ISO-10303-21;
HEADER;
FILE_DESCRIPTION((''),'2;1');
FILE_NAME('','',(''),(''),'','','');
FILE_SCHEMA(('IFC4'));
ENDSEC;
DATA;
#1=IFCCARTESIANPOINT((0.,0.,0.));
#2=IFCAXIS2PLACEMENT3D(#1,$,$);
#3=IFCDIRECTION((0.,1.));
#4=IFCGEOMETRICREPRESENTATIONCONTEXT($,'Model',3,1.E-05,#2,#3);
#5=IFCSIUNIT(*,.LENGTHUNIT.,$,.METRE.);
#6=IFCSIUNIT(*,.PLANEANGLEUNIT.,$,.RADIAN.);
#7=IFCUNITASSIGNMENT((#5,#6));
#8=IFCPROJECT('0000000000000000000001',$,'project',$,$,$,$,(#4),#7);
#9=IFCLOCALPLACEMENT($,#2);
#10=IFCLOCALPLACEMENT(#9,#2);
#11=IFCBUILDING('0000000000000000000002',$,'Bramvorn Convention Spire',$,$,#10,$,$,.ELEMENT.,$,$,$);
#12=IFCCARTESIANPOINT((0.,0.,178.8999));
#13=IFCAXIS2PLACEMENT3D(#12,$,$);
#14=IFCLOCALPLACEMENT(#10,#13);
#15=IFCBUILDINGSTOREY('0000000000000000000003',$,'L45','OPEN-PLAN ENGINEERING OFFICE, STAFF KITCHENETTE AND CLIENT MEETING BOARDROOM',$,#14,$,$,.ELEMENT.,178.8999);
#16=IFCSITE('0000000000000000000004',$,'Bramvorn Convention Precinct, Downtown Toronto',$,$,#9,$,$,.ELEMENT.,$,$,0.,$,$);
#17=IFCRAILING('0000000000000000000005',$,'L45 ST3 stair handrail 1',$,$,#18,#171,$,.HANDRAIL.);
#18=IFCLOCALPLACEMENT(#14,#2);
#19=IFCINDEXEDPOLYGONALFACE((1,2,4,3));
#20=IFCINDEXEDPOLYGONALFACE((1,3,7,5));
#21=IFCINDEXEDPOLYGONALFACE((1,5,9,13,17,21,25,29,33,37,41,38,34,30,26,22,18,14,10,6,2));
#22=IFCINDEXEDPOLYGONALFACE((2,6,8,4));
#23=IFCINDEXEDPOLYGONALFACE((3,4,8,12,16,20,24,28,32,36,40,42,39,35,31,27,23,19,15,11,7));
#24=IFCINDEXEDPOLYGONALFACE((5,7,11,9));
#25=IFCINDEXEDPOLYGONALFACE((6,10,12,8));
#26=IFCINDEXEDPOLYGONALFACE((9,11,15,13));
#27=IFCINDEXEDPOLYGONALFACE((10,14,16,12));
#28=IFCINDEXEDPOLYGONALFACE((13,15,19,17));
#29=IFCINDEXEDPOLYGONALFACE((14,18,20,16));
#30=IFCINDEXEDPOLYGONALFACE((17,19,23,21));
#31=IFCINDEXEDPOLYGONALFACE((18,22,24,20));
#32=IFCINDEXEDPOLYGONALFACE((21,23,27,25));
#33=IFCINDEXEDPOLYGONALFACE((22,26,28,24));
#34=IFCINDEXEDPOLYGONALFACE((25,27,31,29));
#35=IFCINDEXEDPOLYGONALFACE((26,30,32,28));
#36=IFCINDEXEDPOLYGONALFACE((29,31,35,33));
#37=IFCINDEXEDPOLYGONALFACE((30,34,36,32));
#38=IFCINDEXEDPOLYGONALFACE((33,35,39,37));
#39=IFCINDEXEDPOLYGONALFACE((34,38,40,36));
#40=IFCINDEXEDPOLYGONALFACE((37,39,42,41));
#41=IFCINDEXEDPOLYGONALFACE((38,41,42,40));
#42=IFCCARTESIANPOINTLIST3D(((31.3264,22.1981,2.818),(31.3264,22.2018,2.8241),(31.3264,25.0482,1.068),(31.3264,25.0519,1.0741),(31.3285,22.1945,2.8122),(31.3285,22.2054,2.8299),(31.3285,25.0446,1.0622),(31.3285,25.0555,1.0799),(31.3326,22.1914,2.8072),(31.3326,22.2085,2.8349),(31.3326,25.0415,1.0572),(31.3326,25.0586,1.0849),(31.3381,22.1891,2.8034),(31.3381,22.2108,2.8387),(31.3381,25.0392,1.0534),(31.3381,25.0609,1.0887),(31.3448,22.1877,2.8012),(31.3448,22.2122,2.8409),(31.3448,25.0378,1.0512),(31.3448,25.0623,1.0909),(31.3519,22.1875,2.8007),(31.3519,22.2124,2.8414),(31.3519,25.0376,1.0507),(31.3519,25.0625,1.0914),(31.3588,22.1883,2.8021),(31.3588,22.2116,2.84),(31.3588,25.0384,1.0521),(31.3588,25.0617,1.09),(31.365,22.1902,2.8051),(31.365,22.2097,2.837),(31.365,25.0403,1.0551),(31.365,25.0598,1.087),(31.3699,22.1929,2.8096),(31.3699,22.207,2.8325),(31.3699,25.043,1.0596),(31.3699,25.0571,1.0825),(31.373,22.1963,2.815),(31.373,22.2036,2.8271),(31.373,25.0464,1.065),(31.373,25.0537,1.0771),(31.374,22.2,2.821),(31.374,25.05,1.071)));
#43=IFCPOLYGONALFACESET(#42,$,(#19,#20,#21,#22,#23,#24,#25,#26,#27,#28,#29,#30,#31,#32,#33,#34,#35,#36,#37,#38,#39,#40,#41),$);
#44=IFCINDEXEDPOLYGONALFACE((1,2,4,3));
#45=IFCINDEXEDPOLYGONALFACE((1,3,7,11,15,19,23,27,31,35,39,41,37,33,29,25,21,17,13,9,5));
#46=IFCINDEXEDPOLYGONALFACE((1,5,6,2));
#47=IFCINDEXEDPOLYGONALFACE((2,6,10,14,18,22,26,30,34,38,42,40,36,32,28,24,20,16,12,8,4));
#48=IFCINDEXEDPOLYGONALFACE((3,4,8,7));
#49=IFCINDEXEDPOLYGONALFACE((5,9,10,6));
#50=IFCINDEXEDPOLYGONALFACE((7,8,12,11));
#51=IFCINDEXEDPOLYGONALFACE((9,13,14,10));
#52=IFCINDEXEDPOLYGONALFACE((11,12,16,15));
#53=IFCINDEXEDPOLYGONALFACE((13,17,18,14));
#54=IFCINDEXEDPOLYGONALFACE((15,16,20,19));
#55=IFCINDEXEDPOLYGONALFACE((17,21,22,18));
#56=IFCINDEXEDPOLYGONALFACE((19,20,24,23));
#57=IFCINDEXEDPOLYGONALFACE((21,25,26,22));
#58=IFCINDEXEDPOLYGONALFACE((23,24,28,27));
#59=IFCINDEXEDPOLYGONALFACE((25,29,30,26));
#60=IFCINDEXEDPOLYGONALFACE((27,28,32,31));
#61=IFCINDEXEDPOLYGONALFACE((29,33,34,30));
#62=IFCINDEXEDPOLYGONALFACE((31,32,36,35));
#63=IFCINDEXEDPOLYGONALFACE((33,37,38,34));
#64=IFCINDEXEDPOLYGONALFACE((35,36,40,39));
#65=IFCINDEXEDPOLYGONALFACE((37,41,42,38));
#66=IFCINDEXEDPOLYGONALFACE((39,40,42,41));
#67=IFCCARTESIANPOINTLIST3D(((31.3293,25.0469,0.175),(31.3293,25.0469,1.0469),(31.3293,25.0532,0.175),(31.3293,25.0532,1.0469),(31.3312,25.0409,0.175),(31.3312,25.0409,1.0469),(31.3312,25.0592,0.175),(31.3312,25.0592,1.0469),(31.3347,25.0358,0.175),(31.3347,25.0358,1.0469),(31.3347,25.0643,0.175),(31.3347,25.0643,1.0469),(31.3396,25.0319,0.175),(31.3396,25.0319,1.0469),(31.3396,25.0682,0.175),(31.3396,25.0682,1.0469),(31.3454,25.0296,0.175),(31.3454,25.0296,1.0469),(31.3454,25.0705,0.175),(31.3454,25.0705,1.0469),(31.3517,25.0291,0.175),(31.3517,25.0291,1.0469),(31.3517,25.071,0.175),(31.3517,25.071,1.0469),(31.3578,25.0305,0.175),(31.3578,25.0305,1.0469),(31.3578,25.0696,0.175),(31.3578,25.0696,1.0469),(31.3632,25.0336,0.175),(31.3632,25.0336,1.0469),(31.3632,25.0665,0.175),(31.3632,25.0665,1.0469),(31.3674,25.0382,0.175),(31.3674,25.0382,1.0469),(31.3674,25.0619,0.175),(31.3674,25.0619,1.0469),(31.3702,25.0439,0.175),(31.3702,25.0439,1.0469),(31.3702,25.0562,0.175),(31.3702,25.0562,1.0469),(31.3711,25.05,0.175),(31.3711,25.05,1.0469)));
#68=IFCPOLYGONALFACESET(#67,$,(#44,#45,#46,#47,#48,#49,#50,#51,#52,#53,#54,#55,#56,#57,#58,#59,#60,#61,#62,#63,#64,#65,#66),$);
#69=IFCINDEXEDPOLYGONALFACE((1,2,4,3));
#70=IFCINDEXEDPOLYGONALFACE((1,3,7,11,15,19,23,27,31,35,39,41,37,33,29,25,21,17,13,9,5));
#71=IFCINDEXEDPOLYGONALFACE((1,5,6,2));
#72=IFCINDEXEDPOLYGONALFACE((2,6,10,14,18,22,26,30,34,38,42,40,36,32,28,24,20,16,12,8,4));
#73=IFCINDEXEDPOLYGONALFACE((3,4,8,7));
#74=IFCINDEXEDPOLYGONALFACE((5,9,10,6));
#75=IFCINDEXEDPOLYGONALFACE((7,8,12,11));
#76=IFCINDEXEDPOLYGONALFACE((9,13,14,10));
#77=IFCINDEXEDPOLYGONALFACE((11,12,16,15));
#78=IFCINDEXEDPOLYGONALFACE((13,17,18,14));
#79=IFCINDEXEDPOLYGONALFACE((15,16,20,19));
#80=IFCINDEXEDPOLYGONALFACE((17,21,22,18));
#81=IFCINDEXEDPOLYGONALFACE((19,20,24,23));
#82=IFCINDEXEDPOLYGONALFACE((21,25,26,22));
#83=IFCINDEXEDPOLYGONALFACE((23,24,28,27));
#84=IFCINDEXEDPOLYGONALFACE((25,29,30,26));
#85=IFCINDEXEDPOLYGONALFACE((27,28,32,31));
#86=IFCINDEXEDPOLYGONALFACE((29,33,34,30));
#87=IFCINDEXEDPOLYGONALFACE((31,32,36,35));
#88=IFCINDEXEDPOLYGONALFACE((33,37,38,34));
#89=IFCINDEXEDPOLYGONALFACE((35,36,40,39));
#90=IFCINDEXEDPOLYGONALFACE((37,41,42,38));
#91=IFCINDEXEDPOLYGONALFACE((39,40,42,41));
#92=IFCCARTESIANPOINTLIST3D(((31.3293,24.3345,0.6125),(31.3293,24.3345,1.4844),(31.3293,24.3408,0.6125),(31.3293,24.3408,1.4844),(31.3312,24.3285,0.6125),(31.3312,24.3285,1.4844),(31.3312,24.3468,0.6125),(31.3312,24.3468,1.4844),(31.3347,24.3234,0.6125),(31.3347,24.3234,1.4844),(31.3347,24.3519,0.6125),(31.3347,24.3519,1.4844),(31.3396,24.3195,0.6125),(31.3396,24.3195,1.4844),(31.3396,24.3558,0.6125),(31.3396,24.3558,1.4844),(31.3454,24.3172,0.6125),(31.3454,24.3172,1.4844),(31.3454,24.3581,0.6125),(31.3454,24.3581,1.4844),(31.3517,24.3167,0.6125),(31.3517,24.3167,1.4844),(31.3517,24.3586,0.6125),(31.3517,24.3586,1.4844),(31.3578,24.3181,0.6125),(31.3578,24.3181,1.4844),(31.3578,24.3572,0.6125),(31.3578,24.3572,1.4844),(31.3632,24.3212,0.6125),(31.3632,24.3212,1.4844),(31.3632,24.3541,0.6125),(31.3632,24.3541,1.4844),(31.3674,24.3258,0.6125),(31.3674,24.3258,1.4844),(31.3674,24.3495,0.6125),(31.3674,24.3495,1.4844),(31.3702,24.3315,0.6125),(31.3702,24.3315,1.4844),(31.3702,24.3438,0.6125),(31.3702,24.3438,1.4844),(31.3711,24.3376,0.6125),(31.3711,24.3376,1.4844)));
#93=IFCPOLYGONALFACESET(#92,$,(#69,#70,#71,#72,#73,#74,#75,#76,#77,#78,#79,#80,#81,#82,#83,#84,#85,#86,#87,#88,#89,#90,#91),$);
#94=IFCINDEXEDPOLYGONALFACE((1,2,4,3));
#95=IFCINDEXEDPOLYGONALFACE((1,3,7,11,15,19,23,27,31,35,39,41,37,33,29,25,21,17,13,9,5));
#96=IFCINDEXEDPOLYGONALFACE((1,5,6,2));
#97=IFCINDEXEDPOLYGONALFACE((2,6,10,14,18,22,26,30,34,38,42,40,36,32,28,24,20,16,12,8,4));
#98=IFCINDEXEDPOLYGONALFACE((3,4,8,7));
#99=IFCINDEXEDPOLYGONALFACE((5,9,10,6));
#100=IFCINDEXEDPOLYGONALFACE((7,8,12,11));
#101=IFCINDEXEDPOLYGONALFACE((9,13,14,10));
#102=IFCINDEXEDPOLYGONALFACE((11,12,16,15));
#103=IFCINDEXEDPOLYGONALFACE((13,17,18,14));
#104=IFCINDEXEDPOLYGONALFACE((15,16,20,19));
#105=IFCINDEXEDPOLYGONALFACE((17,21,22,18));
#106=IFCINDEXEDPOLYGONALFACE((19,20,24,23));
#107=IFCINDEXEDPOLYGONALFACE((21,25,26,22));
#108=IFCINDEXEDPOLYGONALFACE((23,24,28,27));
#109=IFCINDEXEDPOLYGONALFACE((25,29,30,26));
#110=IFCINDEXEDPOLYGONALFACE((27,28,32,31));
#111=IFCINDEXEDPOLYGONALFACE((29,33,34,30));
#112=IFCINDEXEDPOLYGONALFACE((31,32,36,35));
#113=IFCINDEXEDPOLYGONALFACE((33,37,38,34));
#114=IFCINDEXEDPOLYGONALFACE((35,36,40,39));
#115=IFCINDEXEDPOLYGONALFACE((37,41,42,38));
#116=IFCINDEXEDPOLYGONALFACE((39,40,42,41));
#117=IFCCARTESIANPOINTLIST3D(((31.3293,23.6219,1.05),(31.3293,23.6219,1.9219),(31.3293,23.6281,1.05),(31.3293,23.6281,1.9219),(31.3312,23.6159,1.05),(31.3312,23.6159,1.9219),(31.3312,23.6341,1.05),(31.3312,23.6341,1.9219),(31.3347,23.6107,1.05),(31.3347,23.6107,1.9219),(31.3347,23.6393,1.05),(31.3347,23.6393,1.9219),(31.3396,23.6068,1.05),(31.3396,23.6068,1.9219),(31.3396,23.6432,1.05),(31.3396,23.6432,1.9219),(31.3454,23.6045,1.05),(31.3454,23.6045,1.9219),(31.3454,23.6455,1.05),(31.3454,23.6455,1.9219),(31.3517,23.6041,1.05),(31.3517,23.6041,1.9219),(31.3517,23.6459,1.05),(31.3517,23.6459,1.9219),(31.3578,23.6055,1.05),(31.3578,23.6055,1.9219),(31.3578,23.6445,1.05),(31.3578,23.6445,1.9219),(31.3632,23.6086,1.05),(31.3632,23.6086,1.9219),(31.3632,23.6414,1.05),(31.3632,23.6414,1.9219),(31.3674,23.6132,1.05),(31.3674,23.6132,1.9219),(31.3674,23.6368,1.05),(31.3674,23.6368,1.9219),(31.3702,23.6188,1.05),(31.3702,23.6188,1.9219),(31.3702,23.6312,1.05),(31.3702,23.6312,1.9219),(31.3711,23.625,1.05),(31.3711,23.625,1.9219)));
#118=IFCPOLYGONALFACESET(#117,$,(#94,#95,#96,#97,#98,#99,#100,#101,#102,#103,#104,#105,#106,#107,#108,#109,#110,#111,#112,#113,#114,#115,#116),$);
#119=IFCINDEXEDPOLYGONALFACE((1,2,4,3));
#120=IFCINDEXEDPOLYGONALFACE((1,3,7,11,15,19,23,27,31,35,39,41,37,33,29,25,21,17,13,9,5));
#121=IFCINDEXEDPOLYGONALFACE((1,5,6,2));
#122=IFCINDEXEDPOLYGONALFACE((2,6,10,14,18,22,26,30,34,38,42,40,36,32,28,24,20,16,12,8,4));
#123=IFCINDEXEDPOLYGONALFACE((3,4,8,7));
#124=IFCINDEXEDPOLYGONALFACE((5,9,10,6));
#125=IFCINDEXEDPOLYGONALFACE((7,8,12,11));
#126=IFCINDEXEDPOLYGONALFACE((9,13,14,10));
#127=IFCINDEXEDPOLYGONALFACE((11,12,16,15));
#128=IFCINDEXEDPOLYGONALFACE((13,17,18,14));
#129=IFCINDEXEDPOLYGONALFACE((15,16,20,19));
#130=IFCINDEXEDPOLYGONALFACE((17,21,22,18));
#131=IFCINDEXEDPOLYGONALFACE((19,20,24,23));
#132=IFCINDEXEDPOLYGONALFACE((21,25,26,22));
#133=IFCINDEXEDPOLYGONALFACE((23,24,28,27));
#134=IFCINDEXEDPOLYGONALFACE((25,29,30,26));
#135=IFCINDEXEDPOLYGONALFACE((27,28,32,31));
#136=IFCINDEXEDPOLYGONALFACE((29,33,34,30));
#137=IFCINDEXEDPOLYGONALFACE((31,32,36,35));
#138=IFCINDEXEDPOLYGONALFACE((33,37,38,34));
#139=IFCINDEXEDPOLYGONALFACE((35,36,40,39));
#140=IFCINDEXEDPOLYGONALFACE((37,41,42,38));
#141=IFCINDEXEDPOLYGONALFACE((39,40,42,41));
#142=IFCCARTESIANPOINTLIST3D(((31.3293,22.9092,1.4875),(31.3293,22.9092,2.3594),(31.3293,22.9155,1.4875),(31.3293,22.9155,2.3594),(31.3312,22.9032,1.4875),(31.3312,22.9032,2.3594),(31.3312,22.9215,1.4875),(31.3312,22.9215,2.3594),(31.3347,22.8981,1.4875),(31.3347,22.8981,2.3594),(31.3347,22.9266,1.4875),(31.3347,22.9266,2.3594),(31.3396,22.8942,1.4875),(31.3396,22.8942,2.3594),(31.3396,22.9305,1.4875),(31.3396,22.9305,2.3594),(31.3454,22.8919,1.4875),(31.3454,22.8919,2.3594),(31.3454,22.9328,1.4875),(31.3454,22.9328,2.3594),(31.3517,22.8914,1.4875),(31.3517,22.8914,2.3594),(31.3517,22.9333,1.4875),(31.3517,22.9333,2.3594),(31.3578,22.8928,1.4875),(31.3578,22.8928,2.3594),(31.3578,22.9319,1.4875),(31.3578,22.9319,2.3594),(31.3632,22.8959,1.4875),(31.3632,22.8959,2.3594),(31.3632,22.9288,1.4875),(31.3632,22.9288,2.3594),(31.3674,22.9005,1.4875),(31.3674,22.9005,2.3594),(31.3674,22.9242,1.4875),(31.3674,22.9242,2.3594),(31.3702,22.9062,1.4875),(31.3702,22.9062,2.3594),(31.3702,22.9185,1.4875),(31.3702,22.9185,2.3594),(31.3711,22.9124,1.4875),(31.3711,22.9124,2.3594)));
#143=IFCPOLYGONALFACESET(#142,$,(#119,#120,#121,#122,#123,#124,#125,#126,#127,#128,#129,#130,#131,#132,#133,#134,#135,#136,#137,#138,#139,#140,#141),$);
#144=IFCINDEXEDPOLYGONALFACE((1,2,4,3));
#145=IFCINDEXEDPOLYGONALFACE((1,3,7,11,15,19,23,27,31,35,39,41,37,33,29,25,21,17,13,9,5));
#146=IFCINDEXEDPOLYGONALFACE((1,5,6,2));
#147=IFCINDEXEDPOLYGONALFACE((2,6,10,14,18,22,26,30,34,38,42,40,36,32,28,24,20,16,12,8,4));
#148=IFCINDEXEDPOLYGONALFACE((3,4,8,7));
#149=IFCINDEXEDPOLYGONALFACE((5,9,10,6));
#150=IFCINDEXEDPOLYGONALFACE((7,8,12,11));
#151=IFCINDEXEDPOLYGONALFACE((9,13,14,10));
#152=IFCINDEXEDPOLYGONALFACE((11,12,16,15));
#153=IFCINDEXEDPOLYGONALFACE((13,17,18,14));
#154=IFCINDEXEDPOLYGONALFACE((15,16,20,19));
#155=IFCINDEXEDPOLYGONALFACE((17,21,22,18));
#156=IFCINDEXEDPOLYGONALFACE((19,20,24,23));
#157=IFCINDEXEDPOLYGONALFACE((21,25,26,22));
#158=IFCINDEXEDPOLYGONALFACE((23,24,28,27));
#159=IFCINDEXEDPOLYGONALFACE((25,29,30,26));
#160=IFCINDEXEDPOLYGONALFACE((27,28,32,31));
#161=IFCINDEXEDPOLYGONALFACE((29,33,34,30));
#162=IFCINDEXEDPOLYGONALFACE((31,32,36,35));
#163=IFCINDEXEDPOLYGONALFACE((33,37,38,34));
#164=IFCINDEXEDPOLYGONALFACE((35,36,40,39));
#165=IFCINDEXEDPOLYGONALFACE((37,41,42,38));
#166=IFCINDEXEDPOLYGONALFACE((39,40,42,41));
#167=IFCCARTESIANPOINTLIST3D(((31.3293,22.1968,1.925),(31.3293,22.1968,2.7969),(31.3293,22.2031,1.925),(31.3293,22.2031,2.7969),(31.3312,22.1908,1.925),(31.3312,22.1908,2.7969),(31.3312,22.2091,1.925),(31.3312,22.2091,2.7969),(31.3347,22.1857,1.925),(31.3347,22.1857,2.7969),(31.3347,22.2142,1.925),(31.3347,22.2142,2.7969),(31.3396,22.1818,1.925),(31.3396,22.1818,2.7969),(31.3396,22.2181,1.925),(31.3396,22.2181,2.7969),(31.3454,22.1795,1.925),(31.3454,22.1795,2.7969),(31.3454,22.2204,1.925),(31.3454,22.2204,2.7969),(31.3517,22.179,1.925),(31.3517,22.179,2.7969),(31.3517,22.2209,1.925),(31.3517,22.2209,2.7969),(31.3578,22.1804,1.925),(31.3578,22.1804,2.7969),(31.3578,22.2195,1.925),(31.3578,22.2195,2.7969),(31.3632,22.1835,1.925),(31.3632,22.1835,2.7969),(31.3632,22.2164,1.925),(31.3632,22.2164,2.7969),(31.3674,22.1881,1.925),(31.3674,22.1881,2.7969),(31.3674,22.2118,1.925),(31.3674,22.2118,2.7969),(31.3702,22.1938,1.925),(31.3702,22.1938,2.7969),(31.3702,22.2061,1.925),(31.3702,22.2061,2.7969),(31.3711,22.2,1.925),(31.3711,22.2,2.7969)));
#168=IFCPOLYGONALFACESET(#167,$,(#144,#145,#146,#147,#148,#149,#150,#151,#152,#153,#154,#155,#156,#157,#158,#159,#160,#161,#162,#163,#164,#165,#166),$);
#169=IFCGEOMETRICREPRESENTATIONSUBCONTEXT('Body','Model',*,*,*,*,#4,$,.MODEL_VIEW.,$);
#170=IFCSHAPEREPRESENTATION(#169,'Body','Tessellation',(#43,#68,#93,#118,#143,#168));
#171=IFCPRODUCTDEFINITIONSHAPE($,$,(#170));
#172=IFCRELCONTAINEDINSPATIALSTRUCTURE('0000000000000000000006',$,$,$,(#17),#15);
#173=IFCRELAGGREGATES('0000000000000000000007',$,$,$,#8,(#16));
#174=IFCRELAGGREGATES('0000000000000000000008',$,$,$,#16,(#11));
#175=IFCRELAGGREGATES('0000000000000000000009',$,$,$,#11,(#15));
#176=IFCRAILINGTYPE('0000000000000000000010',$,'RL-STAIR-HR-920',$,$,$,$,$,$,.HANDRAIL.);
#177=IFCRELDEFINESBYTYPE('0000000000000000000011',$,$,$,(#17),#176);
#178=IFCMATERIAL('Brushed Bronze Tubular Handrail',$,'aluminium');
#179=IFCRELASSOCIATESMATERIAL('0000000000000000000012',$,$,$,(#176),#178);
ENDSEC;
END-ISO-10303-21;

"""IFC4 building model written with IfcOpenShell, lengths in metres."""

from ifc_helpers import new_model, si_unit, direction, frame, origin, origin_2d, place, context, subcontext, project, spatial, circle, extrude, material, type_object, element, save


model = new_model("IFC4")

# Units and contexts
model_context = context("Model", 3, precision=1e-05, world=origin(), true_north=direction((0.0, 1.0)))
body_context = subcontext(model_context, "Body", "Model", "MODEL_VIEW")
ifc_project = project(units=[si_unit("LENGTHUNIT", "METRE"), si_unit("PLANEANGLEUNIT", "RADIAN")], contexts=[model_context])

# Site, building, storey
site_placement = place(None, origin())
site = spatial("IfcSite", under=ifc_project, at=site_placement, Name="Bramvorn Convention Precinct, Downtown Toronto", CompositionType="ELEMENT", RefElevation=0.0)
building_placement = place(site_placement, origin())
building = spatial("IfcBuilding", under=site, at=building_placement, Name="Bramvorn Convention Spire", CompositionType="ELEMENT")
storey_placement = place(building_placement, frame((0.0, 0.0, 178.8999)))
storey = spatial("IfcBuildingStorey", under=building, at=storey_placement, Name="L45", Description="OPEN-PLAN ENGINEERING OFFICE, STAFF KITCHENETTE AND CLIENT MEETING BOARDROOM", CompositionType="ELEMENT", Elevation=178.8999)

# Railing
ifc_material_1 = material(Name="Brushed Bronze Tubular Handrail", Category="aluminium")
railing_type_1 = type_object("IfcRailingType", Name="RL-STAIR-HR-920", PredefinedType="HANDRAIL", material=ifc_material_1)
railing_1_placement = place(storey_placement, frame((31.3501, 25.05, 0.175)))
element("IfcRailing", 1, at=railing_1_placement, inside=storey, type_object=railing_type_1, Name="L45 ST3 stair handrail 1", PredefinedType="HANDRAIL", context=body_context, shape_type="SweptSolid", body=[
    extrude(circle(Radius=0.0239, at=origin_2d()), frame((0.0, 0.0, 0.896), z_axis=(0.0, -0.852179, 0.52325), x_axis=(1.0, 0.0, 0.0)), (0.0, 0.0, 1.0), 3.3445),
    extrude(circle(Radius=0.021, at=origin_2d()), origin(), (0.0, 0.0, 1.0), 0.8718),
    extrude(circle(Radius=0.021, at=origin_2d()), frame((0.0, -0.7124, 0.4375)), (0.0, 0.0, 1.0), 0.8718),
    extrude(circle(Radius=0.021, at=origin_2d()), frame((0.0, -1.425, 0.875)), (0.0, 0.0, 1.0), 0.8718),
    extrude(circle(Radius=0.021, at=origin_2d()), frame((0.0, -2.1377, 1.3125)), (0.0, 0.0, 1.0), 0.8718),
    extrude(circle(Radius=0.021, at=origin_2d()), frame((0.0, -2.8501, 1.75)), (0.0, 0.0, 1.0), 0.8718),
])

save(model, "model.ifc")
